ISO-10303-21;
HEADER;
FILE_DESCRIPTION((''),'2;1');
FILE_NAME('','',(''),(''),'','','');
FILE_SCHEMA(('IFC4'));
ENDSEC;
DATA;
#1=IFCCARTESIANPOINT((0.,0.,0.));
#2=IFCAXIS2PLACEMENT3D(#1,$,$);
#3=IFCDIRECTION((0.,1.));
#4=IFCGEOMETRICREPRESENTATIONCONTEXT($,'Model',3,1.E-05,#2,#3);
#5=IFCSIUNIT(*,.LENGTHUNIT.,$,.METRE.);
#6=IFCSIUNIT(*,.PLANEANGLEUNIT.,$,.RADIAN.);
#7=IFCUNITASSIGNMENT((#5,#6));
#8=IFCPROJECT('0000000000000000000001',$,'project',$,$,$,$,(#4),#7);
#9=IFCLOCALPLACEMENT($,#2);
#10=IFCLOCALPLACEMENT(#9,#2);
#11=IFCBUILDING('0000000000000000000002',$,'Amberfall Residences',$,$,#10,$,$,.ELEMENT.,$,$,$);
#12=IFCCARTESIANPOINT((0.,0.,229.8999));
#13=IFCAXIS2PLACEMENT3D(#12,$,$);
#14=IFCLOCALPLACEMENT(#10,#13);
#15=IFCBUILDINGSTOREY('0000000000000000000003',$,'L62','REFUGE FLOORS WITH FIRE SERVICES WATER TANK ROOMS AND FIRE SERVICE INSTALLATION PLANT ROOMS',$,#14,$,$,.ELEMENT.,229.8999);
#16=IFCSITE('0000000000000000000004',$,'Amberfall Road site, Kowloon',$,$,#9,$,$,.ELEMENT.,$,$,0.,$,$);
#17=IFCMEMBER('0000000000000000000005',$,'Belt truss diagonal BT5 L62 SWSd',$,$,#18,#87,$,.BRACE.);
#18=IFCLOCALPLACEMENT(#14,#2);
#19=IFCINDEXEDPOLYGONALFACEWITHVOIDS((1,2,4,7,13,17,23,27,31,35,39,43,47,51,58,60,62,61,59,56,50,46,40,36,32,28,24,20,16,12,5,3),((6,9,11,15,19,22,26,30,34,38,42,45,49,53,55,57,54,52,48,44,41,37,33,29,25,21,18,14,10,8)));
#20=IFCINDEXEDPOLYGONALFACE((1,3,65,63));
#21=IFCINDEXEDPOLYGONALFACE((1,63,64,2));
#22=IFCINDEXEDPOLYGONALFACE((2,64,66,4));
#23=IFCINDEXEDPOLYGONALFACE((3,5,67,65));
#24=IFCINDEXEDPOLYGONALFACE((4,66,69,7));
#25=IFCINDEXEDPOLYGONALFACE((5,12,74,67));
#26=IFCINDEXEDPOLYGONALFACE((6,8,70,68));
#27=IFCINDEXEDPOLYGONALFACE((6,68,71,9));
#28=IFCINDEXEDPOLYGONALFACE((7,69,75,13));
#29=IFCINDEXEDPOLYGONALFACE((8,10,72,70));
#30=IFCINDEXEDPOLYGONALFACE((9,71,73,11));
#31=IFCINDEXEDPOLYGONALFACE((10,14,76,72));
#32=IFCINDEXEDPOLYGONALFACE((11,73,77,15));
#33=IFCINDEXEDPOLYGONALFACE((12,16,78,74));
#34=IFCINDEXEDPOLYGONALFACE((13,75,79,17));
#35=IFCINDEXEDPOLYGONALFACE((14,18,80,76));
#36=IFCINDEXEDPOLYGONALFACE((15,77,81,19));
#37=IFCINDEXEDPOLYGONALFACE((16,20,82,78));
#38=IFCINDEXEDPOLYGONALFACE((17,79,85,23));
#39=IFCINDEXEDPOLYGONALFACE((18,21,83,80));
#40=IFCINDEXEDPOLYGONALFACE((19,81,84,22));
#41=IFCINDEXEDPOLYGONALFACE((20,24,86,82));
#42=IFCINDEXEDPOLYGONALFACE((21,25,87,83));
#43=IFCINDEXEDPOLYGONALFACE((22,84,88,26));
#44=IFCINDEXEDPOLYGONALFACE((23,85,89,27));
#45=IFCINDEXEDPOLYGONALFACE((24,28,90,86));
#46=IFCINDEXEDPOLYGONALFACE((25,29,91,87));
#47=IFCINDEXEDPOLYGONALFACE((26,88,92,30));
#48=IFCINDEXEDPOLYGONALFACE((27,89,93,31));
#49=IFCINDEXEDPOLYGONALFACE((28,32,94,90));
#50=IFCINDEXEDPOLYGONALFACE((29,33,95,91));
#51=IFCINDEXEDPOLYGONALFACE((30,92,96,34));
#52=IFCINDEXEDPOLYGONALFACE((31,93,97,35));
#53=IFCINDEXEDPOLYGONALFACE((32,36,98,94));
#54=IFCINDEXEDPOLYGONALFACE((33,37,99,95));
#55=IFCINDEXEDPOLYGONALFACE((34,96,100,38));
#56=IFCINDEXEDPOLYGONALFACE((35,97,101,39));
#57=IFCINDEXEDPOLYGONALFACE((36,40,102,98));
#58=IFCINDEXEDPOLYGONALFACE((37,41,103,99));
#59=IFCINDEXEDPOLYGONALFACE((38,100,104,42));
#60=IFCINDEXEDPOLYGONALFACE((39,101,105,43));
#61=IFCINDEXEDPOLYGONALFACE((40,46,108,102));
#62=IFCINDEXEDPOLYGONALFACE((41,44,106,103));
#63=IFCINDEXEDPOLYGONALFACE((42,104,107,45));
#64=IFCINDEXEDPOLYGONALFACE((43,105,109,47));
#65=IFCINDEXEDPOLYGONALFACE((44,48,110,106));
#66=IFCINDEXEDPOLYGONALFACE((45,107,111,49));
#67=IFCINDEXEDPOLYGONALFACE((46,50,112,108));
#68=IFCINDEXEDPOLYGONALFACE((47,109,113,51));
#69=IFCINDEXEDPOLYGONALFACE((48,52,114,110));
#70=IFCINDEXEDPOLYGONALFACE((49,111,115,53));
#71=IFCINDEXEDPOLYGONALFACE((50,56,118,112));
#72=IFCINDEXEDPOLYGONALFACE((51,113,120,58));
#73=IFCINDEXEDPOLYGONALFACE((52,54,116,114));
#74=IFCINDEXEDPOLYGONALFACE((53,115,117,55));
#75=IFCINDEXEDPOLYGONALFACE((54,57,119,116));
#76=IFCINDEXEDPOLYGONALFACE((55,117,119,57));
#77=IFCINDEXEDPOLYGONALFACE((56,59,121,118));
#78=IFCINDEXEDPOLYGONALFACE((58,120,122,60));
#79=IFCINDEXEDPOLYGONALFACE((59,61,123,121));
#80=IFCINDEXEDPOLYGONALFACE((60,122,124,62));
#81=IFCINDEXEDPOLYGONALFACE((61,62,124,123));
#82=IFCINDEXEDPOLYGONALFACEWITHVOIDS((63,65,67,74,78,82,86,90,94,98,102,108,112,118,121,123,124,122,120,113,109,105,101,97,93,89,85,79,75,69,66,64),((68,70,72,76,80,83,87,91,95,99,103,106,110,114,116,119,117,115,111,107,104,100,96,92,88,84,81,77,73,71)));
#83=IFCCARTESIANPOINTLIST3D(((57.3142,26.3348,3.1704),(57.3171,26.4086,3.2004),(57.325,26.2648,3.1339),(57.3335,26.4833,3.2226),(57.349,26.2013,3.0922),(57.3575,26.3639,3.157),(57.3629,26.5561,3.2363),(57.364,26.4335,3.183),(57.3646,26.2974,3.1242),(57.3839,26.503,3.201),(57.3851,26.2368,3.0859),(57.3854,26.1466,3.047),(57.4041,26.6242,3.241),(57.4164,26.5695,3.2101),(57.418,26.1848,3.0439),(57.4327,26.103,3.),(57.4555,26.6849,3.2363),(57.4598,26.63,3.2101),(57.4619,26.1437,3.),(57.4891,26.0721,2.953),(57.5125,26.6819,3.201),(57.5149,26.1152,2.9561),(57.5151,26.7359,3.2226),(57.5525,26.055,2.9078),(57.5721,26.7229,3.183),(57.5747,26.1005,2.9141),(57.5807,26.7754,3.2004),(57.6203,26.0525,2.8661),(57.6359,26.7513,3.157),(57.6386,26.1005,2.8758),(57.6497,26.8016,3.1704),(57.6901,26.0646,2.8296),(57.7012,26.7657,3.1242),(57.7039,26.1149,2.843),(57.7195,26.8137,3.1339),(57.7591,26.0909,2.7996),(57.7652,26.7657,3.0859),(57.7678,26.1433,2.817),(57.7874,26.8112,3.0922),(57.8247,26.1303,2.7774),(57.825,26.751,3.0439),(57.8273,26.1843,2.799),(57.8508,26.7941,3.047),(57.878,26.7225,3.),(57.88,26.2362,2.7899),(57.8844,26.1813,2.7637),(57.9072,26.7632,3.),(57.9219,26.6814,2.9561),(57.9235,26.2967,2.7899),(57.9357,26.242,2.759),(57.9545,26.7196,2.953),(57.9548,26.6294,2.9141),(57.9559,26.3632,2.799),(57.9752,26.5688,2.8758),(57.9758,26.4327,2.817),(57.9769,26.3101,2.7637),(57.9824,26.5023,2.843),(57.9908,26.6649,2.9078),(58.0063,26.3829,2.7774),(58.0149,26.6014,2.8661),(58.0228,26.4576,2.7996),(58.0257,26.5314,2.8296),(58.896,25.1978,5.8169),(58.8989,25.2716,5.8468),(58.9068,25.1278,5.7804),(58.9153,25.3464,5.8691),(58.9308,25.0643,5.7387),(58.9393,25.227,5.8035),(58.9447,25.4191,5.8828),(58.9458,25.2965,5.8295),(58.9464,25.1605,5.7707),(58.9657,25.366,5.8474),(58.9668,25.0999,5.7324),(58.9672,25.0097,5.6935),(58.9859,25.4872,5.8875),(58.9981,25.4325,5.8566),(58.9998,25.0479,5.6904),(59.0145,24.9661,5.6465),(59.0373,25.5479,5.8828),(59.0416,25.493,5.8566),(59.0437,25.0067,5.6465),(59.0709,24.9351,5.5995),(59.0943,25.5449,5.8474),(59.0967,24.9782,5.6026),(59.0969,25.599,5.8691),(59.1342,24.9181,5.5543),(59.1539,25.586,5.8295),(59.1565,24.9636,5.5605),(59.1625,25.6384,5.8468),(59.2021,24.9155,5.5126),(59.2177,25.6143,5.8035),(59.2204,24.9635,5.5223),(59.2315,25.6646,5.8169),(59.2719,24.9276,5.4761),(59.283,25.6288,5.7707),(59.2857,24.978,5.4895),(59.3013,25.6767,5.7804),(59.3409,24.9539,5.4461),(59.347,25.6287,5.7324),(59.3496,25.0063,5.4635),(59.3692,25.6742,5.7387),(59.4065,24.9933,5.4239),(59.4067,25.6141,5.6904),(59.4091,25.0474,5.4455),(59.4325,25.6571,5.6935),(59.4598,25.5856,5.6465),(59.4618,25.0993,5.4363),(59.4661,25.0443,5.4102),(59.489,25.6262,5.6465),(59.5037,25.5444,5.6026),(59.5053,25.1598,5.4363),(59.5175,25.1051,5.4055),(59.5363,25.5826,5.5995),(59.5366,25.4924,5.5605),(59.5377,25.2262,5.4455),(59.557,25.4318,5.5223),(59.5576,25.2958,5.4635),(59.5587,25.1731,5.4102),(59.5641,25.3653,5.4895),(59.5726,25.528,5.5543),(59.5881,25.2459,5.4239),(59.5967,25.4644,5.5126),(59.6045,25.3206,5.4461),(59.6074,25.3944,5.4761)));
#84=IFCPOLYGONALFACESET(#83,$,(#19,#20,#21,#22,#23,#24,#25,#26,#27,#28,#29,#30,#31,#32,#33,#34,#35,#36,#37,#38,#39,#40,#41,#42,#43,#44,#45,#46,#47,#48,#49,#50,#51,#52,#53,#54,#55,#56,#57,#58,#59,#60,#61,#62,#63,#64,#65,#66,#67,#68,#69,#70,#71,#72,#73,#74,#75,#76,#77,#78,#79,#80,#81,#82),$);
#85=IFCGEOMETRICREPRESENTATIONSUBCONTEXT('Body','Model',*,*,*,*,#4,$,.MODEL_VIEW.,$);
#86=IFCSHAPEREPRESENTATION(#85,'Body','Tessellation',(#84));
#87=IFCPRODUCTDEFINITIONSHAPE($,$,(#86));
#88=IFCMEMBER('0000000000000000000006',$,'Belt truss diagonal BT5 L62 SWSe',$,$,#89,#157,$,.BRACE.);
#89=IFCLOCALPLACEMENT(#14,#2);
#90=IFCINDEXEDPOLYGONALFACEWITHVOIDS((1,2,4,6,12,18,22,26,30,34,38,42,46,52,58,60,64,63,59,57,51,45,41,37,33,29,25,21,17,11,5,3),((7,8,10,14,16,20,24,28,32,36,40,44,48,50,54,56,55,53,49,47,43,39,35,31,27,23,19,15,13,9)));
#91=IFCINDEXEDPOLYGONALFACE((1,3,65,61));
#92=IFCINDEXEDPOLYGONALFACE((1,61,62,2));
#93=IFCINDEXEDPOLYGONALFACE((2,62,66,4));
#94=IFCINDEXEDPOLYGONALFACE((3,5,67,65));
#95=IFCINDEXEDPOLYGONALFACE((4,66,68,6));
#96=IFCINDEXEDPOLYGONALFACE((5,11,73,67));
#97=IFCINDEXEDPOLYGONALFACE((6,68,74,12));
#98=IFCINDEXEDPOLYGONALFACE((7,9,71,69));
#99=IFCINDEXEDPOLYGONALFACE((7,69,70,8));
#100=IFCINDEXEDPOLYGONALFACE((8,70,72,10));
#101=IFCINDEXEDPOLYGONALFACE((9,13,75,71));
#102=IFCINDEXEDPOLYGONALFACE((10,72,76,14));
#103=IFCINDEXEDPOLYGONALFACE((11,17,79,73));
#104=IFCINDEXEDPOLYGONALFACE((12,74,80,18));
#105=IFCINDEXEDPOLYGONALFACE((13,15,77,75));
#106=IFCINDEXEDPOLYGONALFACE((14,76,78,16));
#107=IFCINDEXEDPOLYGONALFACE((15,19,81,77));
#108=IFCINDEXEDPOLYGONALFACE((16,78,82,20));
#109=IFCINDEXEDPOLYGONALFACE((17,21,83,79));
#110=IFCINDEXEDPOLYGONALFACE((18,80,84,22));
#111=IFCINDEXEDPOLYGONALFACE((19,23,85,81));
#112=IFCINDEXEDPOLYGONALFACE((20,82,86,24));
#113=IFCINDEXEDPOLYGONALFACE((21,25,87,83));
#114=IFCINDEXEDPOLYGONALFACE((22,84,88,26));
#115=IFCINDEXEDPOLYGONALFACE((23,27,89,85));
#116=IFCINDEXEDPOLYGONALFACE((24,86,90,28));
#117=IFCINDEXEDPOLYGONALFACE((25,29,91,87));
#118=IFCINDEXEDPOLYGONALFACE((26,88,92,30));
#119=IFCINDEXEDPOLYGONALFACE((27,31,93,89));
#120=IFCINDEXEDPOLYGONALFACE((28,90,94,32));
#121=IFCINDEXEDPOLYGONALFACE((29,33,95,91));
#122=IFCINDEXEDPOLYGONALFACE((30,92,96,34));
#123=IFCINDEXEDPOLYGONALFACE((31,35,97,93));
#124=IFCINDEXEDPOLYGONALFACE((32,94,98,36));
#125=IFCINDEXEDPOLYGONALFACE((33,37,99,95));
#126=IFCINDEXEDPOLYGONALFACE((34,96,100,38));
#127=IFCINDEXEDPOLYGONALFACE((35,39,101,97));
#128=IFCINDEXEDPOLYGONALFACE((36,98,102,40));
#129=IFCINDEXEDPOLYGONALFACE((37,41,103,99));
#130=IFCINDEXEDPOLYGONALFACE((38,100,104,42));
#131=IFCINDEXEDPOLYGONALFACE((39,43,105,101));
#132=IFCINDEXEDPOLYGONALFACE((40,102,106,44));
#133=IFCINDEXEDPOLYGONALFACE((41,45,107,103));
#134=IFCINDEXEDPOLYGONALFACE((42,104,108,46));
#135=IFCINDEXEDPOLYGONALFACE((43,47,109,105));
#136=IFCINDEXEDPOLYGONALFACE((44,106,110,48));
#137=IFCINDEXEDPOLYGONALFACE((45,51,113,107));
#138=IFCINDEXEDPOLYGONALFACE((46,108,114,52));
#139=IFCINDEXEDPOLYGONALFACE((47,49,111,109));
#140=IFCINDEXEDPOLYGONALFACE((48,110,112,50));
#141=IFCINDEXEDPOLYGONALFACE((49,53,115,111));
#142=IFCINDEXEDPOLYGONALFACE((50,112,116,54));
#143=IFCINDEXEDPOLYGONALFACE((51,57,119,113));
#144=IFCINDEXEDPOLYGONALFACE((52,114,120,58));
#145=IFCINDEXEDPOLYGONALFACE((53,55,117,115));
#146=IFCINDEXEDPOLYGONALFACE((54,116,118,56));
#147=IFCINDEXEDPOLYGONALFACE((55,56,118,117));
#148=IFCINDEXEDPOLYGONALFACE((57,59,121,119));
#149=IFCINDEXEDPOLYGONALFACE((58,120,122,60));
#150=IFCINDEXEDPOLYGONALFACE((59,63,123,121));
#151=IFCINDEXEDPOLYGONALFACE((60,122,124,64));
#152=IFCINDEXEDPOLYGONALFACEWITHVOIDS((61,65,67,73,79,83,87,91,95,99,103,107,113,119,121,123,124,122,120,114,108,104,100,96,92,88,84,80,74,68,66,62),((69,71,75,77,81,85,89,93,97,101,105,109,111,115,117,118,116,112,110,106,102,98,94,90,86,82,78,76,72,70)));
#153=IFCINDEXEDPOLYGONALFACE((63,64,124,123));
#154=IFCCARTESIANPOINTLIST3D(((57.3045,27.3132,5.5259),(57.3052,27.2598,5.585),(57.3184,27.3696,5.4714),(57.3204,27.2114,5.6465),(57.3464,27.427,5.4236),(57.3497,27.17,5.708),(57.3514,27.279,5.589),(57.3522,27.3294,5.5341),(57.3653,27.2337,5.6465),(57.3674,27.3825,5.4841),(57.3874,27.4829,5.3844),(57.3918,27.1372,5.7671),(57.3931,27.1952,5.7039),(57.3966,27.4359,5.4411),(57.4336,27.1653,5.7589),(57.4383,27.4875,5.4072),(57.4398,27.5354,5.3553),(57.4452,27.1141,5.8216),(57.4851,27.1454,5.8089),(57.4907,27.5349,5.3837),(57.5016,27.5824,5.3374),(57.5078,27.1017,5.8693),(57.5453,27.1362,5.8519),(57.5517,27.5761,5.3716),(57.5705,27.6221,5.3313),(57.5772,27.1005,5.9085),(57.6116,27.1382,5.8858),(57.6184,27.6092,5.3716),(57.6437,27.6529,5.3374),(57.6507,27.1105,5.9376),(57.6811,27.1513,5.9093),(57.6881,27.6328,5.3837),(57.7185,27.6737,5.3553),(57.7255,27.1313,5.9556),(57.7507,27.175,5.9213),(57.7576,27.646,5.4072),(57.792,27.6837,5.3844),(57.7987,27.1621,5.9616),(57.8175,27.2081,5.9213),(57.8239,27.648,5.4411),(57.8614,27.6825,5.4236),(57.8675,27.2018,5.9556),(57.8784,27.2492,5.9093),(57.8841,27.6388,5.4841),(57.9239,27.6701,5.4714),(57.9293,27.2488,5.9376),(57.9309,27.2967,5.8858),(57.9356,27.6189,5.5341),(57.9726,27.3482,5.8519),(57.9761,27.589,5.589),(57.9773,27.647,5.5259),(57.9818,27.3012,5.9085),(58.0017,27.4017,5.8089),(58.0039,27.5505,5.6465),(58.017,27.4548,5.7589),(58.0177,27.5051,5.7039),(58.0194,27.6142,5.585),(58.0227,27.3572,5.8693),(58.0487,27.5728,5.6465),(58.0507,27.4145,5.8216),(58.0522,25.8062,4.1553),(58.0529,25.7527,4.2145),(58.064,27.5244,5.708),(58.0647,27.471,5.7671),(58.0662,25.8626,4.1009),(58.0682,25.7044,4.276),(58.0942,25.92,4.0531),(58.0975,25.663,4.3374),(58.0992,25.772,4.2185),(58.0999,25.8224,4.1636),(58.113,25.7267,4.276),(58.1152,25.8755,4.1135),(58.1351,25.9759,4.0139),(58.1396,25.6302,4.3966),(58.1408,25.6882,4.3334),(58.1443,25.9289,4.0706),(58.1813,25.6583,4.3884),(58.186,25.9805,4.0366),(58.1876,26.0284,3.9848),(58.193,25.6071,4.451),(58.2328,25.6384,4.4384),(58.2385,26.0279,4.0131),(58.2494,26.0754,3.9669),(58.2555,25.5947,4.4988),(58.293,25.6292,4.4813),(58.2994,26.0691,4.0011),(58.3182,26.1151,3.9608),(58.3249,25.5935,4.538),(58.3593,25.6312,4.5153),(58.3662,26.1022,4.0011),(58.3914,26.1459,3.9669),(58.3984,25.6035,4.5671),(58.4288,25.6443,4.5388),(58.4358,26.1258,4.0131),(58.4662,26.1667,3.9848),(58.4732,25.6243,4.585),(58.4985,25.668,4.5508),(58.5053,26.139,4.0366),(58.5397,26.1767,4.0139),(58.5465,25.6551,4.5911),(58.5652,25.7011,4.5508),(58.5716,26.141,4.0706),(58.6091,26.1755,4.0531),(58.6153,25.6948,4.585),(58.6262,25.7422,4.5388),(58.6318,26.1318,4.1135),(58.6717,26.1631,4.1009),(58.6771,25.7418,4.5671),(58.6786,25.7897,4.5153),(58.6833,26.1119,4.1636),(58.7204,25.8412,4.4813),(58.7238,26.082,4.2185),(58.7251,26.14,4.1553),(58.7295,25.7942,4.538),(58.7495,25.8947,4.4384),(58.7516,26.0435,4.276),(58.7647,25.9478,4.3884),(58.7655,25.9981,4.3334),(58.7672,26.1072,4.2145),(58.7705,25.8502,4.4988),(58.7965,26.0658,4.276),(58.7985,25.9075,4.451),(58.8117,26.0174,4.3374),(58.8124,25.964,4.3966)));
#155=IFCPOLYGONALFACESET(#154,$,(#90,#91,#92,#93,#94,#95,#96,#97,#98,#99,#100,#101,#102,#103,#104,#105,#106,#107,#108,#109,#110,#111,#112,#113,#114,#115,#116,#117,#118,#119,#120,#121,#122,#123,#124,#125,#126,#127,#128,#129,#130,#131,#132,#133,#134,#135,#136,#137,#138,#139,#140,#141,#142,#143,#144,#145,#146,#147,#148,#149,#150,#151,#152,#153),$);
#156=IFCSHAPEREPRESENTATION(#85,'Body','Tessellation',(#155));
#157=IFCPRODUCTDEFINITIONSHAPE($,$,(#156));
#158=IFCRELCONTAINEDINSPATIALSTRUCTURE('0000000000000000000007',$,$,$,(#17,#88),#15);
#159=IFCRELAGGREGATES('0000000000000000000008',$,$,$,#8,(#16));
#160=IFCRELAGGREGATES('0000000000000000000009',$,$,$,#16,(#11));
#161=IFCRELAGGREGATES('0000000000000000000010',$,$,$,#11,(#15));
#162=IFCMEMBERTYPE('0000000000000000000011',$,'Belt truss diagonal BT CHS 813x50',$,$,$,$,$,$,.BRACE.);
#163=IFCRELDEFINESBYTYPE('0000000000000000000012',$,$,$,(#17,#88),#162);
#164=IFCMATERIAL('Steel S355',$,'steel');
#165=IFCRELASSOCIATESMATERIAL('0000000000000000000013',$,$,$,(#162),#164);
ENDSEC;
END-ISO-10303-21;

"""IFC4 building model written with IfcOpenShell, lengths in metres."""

from ifc_helpers import new_model, si_unit, direction, frame, origin, origin_2d, place, context, subcontext, project, spatial, hollow_circle, extrude, material, material_profile, profile_set, type_object, element, save


model = new_model("IFC4")

# Units and contexts
model_context = context("Model", 3, precision=1e-05, world=origin(), true_north=direction((0.0, 1.0)))
body_context = subcontext(model_context, "Body", "Model", "MODEL_VIEW")
ifc_project = project(units=[si_unit("LENGTHUNIT", "METRE"), si_unit("PLANEANGLEUNIT", "RADIAN")], contexts=[model_context])

# Site, building, storey
site_placement = place(None, origin())
site = spatial("IfcSite", under=ifc_project, at=site_placement, Name="Amberfall Road site, Kowloon", CompositionType="ELEMENT", RefElevation=0.0)
building_placement = place(site_placement, origin())
building = spatial("IfcBuilding", under=site, at=building_placement, Name="Amberfall Residences", CompositionType="ELEMENT")
storey_placement = place(building_placement, frame((0.0, 0.0, 229.8999)))
storey = spatial("IfcBuildingStorey", under=building, at=storey_placement, Name="L62", Description="REFUGE FLOORS WITH FIRE SERVICES WATER TANK ROOMS AND FIRE SERVICE INSTALLATION PLANT ROOMS", CompositionType="ELEMENT", Elevation=229.8999)

# Shared definitions
ifc_material_1 = material(Name="Steel S355", Category="steel")

# Members
ifc_material_profile_1 = material_profile(ifc_material_1, hollow_circle(Radius=0.4065, WallThickness=0.05, at=origin_2d()), Name="CHS 813x50")
ifc_profile_set_1 = profile_set([ifc_material_profile_1], Name="Steel S355")
member_type = type_object("IfcMemberType", Name="Belt truss diagonal BT CHS 813x50", PredefinedType="BRACE", material=ifc_profile_set_1)
member_1_placement = place(storey_placement, frame((57.6699, 26.4331, 3.0), z_axis=(0.481353, -0.345989, 0.805351), x_axis=(0.583654, 0.812002, 0.0)))
element("IfcMember", 1, at=member_1_placement, inside=storey, type_object=member_type, Name="Belt truss diagonal BT5 L62 SWSd", PredefinedType="BRACE", context=body_context, shape_type="SweptSolid", body=[
    extrude(hollow_circle(Radius=0.4065, WallThickness=0.05, at=origin_2d()), origin(), (0.0, 0.0, 1.0), 3.2861),
])
member_2_placement = place(storey_placement, frame((57.6846, 27.3921, 5.6465), z_axis=(0.344604, -0.694495, -0.631605), x_axis=(0.895787, 0.444483, 0.0)))
element("IfcMember", 2, at=member_2_placement, inside=storey, type_object=member_type, Name="Belt truss diagonal BT5 L62 SWSe", PredefinedType="BRACE", context=body_context, shape_type="SweptSolid", body=[
    extrude(hollow_circle(Radius=0.4065, WallThickness=0.05, at=origin_2d()), origin(), (0.0, 0.0, 1.0), 2.1699),
])

save(model, "model.ifc")
